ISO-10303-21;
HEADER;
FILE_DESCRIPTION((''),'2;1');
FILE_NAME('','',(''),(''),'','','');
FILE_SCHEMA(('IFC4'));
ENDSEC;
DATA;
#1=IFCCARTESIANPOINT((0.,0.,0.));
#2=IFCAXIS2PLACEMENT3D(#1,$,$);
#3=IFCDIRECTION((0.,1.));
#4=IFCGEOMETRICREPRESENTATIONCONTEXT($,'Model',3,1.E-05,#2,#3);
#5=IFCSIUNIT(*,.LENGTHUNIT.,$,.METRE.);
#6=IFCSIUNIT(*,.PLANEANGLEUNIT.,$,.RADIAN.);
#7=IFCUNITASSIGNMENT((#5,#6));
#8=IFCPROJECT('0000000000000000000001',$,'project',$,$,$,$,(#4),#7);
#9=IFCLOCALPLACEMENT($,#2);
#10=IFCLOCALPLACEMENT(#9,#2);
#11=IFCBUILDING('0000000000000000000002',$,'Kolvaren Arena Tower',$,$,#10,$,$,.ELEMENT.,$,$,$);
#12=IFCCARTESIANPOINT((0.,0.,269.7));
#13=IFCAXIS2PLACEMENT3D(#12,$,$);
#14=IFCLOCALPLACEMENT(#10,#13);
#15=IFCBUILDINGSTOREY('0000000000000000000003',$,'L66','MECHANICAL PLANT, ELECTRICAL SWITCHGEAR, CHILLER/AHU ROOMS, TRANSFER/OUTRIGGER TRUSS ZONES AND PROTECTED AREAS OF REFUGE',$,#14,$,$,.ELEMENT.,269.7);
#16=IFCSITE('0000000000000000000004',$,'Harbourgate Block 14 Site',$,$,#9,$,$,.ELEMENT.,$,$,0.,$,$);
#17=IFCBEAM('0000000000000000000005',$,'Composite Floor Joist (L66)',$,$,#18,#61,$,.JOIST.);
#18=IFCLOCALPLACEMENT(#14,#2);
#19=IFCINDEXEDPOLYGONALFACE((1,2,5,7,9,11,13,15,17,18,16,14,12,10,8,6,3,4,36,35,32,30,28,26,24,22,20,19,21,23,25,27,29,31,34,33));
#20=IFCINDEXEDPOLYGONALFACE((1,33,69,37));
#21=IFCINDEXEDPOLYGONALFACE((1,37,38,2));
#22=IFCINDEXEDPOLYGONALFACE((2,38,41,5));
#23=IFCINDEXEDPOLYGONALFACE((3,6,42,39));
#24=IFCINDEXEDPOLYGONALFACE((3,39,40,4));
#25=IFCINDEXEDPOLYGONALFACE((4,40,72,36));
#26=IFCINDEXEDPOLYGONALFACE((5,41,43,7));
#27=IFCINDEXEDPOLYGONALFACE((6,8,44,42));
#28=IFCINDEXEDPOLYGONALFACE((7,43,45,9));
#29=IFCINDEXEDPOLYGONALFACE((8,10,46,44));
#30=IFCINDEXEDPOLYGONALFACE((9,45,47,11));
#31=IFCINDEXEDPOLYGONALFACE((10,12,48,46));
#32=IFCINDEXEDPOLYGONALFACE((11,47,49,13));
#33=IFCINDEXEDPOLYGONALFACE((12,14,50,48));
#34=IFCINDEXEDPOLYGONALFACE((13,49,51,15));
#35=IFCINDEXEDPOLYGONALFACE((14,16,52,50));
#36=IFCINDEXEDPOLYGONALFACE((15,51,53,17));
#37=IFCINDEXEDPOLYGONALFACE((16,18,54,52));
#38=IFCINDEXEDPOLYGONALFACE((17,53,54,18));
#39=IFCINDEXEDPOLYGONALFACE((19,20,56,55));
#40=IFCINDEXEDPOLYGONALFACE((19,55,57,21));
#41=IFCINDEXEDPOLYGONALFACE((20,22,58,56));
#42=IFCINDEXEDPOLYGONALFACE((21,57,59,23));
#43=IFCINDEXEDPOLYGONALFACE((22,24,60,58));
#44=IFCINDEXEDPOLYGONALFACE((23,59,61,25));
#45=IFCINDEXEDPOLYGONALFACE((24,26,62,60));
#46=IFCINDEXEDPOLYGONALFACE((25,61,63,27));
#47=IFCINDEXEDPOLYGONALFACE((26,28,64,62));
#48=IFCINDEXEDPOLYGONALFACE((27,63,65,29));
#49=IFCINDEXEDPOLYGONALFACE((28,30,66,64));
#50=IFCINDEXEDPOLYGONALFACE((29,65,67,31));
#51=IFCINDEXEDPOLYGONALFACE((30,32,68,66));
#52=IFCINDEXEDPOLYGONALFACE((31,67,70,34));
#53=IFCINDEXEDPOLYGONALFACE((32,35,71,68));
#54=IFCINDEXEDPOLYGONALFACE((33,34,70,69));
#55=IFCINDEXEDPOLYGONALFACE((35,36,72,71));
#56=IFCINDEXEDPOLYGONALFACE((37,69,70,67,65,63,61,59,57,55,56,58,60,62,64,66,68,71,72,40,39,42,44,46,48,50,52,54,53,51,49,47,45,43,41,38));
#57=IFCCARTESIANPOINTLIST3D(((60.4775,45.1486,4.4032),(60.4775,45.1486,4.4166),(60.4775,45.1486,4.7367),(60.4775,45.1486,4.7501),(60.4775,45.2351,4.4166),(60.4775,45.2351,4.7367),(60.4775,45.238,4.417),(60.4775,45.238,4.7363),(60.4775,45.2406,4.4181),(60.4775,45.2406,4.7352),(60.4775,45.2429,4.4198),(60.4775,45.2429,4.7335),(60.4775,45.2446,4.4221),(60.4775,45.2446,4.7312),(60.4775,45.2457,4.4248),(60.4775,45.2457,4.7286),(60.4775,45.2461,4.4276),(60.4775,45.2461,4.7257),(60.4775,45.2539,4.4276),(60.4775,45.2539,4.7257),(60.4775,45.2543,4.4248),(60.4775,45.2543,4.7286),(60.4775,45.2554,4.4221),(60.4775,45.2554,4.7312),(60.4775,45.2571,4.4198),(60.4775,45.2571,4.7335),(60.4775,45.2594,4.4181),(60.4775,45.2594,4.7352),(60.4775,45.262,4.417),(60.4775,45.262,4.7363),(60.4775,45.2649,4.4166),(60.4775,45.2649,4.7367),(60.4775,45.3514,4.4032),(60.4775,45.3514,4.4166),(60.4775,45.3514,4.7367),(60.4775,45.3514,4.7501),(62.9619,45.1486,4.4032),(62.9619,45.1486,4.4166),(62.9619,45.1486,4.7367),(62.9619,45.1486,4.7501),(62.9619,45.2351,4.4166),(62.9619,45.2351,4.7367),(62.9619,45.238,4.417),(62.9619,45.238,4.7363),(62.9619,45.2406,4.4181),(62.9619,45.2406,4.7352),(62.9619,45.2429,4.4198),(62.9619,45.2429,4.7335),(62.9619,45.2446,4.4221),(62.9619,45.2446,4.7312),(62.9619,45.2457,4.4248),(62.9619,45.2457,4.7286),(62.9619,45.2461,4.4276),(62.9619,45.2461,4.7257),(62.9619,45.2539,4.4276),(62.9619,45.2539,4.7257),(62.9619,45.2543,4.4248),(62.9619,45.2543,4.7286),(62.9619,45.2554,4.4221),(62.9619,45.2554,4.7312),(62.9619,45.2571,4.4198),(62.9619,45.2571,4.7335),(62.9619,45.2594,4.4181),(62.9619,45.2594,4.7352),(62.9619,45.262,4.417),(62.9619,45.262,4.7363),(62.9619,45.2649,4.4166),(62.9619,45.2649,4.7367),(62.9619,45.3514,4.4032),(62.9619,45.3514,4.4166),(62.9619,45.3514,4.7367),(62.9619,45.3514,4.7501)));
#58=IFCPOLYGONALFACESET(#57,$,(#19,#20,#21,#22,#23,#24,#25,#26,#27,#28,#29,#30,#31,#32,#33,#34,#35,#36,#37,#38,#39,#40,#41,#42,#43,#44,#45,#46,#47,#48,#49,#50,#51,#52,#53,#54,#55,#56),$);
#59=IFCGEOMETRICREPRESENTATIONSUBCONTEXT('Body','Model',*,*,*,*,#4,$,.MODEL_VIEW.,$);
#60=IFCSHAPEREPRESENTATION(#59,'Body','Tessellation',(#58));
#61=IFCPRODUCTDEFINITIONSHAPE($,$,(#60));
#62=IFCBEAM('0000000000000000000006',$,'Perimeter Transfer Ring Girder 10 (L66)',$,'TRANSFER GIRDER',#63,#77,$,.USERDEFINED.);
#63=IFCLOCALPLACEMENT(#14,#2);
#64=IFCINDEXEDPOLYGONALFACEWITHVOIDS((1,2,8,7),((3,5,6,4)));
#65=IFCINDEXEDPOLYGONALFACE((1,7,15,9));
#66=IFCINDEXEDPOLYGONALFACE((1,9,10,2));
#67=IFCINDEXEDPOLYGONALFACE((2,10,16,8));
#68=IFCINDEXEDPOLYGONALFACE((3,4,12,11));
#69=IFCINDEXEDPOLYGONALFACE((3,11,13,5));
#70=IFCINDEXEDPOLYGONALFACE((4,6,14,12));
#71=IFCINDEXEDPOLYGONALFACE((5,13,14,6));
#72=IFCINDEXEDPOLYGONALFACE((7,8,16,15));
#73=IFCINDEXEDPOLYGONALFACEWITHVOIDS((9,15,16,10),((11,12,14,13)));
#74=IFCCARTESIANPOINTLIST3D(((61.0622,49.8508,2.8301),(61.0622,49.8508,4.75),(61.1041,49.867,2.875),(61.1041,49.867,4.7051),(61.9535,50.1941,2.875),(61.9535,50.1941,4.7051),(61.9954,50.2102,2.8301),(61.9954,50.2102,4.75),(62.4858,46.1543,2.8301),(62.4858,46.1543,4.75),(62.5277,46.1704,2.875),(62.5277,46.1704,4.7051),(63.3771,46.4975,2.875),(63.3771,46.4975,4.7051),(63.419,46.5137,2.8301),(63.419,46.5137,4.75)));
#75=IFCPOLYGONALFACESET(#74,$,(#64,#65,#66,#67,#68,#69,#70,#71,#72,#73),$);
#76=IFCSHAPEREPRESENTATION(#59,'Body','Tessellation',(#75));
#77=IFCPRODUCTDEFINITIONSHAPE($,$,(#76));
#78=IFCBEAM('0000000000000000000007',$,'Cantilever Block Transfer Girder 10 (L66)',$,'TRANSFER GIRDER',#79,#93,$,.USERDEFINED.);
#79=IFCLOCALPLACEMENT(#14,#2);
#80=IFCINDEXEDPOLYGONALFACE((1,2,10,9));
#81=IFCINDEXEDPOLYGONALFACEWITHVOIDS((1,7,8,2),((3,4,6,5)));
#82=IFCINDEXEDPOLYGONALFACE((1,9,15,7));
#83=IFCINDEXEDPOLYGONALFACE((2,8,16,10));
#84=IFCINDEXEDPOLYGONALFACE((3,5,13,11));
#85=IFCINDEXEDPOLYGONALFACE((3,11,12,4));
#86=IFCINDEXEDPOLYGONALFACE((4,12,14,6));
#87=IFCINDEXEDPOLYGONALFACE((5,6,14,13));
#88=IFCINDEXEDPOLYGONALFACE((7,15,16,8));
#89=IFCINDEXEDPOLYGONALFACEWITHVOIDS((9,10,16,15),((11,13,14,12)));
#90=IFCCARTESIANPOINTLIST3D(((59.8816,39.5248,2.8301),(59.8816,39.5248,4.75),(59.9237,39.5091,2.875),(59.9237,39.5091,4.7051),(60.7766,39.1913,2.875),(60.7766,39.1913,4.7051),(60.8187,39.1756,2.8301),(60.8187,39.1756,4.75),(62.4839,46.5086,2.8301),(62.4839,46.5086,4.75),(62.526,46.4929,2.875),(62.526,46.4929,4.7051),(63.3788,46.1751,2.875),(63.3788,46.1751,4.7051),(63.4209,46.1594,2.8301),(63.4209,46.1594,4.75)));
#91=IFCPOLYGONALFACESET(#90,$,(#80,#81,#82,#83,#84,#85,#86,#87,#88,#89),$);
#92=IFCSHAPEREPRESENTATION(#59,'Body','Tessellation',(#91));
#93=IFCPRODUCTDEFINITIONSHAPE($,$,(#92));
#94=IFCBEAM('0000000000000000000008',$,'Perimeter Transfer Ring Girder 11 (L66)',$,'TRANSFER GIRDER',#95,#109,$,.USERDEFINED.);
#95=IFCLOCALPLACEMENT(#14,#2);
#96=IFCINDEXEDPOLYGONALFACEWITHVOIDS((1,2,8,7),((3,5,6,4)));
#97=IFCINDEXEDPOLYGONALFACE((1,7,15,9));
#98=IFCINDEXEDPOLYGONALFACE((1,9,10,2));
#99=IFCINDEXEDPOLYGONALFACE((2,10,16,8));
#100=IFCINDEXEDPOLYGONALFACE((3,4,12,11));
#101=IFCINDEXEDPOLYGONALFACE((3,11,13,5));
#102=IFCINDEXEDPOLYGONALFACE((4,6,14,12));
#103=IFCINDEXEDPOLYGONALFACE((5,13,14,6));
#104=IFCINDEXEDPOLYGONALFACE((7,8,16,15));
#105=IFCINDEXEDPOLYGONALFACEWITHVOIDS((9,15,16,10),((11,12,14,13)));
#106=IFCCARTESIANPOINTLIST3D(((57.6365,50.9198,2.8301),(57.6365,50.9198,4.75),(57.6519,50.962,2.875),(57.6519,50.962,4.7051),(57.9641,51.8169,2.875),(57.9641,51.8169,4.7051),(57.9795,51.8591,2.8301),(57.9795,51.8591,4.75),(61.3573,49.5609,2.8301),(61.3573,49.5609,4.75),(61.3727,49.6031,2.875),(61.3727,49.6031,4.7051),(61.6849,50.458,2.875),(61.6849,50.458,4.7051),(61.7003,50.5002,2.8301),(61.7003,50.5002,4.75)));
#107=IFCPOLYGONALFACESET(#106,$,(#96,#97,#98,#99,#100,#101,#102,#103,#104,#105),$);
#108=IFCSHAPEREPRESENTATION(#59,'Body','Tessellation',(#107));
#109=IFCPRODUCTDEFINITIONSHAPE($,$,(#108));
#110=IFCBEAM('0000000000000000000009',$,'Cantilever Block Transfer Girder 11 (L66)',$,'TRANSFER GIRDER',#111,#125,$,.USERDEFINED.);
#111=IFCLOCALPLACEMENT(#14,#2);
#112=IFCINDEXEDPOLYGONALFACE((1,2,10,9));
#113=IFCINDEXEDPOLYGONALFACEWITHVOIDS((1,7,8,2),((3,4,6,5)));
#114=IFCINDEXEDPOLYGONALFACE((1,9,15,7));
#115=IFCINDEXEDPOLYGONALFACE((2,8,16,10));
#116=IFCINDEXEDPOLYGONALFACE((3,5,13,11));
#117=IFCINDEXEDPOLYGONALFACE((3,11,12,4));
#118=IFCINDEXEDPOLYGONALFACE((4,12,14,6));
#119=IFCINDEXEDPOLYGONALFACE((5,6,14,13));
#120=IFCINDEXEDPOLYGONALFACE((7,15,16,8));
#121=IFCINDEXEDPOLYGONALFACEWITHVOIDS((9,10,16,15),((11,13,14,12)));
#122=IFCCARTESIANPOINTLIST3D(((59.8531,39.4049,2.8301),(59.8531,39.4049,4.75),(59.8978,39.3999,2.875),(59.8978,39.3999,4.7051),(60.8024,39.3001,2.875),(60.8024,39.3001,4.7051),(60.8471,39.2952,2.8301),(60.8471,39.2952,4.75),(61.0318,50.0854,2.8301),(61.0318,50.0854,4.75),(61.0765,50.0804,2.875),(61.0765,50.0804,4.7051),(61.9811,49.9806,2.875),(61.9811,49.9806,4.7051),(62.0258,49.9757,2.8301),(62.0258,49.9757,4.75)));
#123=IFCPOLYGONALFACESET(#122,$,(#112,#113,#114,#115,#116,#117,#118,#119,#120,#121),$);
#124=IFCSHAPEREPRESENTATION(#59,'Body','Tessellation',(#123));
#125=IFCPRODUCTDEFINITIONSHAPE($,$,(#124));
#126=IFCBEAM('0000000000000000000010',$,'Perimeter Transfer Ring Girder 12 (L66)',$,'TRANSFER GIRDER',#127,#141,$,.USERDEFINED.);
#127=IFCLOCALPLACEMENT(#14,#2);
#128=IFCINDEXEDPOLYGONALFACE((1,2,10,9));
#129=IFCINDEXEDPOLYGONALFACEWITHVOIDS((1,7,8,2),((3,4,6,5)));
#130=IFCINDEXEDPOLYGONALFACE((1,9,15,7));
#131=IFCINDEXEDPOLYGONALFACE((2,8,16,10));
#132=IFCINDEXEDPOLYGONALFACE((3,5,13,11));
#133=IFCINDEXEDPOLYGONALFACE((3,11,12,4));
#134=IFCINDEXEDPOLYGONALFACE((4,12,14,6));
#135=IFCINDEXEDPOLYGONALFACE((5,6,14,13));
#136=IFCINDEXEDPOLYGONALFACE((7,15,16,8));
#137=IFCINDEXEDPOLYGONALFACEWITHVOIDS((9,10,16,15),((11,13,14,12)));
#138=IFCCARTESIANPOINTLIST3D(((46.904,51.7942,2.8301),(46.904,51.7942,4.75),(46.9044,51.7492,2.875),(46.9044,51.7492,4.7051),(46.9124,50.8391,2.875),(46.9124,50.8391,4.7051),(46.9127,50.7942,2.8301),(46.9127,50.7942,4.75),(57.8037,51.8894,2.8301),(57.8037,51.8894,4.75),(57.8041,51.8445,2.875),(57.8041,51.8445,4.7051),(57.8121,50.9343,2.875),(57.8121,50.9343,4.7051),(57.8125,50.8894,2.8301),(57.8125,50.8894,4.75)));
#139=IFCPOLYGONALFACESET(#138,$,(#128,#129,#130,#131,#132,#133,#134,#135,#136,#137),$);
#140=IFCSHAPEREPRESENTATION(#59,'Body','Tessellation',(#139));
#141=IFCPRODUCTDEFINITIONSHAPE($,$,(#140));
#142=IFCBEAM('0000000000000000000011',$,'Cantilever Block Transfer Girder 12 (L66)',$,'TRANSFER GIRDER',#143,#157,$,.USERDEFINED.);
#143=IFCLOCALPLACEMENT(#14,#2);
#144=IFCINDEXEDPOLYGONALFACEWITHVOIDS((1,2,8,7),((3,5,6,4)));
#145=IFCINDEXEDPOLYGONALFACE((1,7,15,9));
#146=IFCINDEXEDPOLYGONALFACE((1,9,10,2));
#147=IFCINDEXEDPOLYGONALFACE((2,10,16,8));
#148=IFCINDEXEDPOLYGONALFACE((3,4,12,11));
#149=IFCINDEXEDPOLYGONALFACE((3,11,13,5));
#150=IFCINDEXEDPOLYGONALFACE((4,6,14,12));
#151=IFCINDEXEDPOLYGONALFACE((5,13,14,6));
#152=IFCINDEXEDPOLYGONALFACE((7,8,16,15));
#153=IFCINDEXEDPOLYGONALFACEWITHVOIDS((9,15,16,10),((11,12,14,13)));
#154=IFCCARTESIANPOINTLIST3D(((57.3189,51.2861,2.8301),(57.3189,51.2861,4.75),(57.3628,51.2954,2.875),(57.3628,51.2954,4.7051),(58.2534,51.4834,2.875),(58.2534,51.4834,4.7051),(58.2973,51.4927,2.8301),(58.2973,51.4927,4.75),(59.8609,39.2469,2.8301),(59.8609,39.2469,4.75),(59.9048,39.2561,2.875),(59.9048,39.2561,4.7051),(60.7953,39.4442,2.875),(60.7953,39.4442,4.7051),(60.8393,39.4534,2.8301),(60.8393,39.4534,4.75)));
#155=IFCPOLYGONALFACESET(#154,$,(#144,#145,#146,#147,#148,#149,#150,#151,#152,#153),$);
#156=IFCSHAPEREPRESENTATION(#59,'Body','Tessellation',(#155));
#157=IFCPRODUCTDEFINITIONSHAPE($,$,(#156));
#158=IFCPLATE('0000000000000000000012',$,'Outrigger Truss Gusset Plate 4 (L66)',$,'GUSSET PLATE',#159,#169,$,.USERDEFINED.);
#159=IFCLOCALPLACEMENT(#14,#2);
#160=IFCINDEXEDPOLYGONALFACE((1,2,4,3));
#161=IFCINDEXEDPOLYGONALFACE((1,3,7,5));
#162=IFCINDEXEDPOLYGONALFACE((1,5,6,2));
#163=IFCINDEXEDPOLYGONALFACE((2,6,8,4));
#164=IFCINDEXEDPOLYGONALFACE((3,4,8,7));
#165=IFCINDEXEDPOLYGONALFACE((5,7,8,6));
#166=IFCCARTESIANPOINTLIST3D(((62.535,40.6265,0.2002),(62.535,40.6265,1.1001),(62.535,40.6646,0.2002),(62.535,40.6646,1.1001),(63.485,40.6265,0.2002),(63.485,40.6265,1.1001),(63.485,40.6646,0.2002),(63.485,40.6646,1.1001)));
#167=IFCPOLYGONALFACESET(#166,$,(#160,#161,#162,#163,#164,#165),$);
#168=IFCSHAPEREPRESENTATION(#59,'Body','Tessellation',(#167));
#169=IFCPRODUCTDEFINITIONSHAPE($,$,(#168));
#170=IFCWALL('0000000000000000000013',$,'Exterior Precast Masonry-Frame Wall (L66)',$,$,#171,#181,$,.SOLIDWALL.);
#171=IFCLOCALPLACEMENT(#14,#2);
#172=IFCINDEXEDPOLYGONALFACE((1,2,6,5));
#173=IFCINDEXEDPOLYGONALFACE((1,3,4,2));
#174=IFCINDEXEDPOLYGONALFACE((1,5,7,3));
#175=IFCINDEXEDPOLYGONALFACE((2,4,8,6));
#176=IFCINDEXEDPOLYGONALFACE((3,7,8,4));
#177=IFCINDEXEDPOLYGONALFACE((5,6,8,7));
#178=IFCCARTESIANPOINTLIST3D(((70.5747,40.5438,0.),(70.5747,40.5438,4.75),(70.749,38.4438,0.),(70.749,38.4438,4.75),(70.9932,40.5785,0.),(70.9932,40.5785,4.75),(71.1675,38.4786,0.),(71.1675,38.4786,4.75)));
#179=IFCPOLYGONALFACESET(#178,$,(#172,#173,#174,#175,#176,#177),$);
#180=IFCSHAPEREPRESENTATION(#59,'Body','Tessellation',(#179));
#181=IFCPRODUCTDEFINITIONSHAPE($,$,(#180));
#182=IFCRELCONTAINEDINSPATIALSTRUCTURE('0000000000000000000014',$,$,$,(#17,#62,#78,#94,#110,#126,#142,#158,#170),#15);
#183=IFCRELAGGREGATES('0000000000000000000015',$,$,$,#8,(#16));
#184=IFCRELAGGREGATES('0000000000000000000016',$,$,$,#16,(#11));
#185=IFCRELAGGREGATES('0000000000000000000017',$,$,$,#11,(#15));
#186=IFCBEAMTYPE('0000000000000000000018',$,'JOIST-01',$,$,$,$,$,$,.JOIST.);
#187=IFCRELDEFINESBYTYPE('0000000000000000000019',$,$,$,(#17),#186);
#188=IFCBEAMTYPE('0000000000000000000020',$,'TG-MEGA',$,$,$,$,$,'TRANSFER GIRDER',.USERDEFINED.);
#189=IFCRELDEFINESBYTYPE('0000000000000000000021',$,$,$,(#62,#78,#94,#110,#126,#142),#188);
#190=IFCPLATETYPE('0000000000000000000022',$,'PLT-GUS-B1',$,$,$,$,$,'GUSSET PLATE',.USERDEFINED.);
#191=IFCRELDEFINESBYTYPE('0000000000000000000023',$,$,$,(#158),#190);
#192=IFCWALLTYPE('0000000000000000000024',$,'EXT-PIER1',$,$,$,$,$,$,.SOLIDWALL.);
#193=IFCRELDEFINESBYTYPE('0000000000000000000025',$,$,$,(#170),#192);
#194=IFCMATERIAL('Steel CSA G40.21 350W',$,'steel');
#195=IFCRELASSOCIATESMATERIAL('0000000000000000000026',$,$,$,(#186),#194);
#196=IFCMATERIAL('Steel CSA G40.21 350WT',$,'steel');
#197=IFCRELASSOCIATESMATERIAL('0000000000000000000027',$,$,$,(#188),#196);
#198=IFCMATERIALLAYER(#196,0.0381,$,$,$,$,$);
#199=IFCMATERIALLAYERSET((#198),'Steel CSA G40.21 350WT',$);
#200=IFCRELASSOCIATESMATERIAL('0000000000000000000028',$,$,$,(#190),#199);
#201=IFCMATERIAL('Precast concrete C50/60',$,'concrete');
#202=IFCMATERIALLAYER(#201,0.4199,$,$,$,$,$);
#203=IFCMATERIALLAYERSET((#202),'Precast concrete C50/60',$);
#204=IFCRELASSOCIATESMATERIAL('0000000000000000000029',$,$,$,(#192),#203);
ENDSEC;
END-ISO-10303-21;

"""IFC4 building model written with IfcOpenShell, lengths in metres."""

from ifc_helpers import new_model, si_unit, direction, frame, frame_2d, origin, origin_2d, place, context, subcontext, project, spatial, rectangle, hollow_rectangle, i_section, extrude, material, layer, layer_set, material_profile, profile_set, type_object, element, save


model = new_model("IFC4")

# Units and contexts
model_context = context("Model", 3, precision=1e-05, world=origin(), true_north=direction((0.0, 1.0)))
body_context = subcontext(model_context, "Body", "Model", "MODEL_VIEW")
ifc_project = project(units=[si_unit("LENGTHUNIT", "METRE"), si_unit("PLANEANGLEUNIT", "RADIAN")], contexts=[model_context])

# Site, building, storey
site_placement = place(None, origin())
site = spatial("IfcSite", under=ifc_project, at=site_placement, Name="Harbourgate Block 14 Site", CompositionType="ELEMENT", RefElevation=0.0)
building_placement = place(site_placement, origin())
building = spatial("IfcBuilding", under=site, at=building_placement, Name="Kolvaren Arena Tower", CompositionType="ELEMENT")
storey_placement = place(building_placement, frame((0.0, 0.0, 269.7)))
storey = spatial("IfcBuildingStorey", under=building, at=storey_placement, Name="L66", Description="MECHANICAL PLANT, ELECTRICAL SWITCHGEAR, CHILLER/AHU ROOMS, TRANSFER/OUTRIGGER TRUSS ZONES AND PROTECTED AREAS OF REFUGE", CompositionType="ELEMENT", Elevation=269.7)

# Shared definitions
ifc_material_1 = material(Name="Steel CSA G40.21 350W", Category="steel")

# Shared definitions
ifc_material_2 = material(Name="Steel CSA G40.21 350WT", Category="steel")

# Beams
ifc_material_profile_1 = material_profile(ifc_material_1, i_section(OverallWidth=0.2029, OverallDepth=0.3469, WebThickness=0.0078, FlangeThickness=0.0134, FilletRadius=0.011, at=origin_2d()), Name="W360x64")
ifc_profile_set_1 = profile_set([ifc_material_profile_1], Name="Steel CSA G40.21 350W")
beam_type_1 = type_object("IfcBeamType", Name="JOIST-01", PredefinedType="JOIST", material=ifc_profile_set_1)
beam_1_placement = place(storey_placement, frame((60.4775, 45.25, 4.5767), z_axis=(1.0, 0.0, 0.0), x_axis=(0.0, 1.0, 0.0)))
element("IfcBeam", 1, at=beam_1_placement, inside=storey, type_object=beam_type_1, Name="Composite Floor Joist (L66)", PredefinedType="JOIST", context=body_context, shape_type="SweptSolid", body=[
    extrude(i_section(OverallWidth=0.2029, OverallDepth=0.3469, WebThickness=0.0078, FlangeThickness=0.0134, FilletRadius=0.011, at=origin_2d()), origin(), (0.0, 0.0, 1.0), 2.4844),
])
ifc_material_profile_2 = material_profile(ifc_material_2, hollow_rectangle(XDim=1.0, YDim=1.9199, WallThickness=0.0449, at=origin_2d()), Name="BOX 1000x1920x45")
ifc_profile_set_2 = profile_set([ifc_material_profile_2], Name="Steel CSA G40.21 350WT")
beam_type_2 = type_object("IfcBeamType", Name="TG-MEGA", ElementType="TRANSFER GIRDER", PredefinedType="USERDEFINED", material=ifc_profile_set_2)
beam_2_placement = place(storey_placement, frame((62.9524, 46.334, 3.79), z_axis=(-0.359384, 0.93319, 0.0), x_axis=(-0.93319, -0.359384, 0.0)))
element("IfcBeam", 2, at=beam_2_placement, inside=storey, type_object=beam_type_2, Name="Perimeter Transfer Ring Girder 10 (L66)", ObjectType="TRANSFER GIRDER", PredefinedType="USERDEFINED", context=body_context, shape_type="SweptSolid", body=[
    extrude(hollow_rectangle(XDim=1.0, YDim=1.9199, WallThickness=0.0449, at=origin_2d()), origin(), (0.0, 0.0, 1.0), 3.9612),
])
beam_3_placement = place(storey_placement, frame((62.9524, 46.334, 3.79), z_axis=(-0.349163, -0.937062, 0.0), x_axis=(0.937062, -0.349163, 0.0)))
element("IfcBeam", 3, at=beam_3_placement, inside=storey, type_object=beam_type_2, Name="Cantilever Block Transfer Girder 10 (L66)", ObjectType="TRANSFER GIRDER", PredefinedType="USERDEFINED", context=body_context, shape_type="SweptSolid", body=[
    extrude(hollow_rectangle(XDim=1.0, YDim=1.9199, WallThickness=0.0449, at=origin_2d()), origin(), (0.0, 0.0, 1.0), 7.4529),
])
beam_4_placement = place(storey_placement, frame((61.5288, 50.0305, 3.79), z_axis=(-0.939314, 0.343059, 0.0), x_axis=(-0.343059, -0.939314, 0.0)))
element("IfcBeam", 4, at=beam_4_placement, inside=storey, type_object=beam_type_2, Name="Perimeter Transfer Ring Girder 11 (L66)", ObjectType="TRANSFER GIRDER", PredefinedType="USERDEFINED", context=body_context, shape_type="SweptSolid", body=[
    extrude(hollow_rectangle(XDim=1.0, YDim=1.9199, WallThickness=0.0449, at=origin_2d()), origin(), (0.0, 0.0, 1.0), 3.9612),
])
beam_5_placement = place(storey_placement, frame((61.5288, 50.0305, 3.79), z_axis=(-0.109696, -0.993965, 0.0), x_axis=(0.993965, -0.109696, 0.0)))
element("IfcBeam", 5, at=beam_5_placement, inside=storey, type_object=beam_type_2, Name="Cantilever Block Transfer Girder 11 (L66)", ObjectType="TRANSFER GIRDER", PredefinedType="USERDEFINED", context=body_context, shape_type="SweptSolid", body=[
    extrude(hollow_rectangle(XDim=1.0, YDim=1.9199, WallThickness=0.0449, at=origin_2d()), origin(), (0.0, 0.0, 1.0), 10.7454),
])
beam_6_placement = place(storey_placement, frame((57.8081, 51.3894, 3.79), z_axis=(-0.999962, -0.008735, 0.0), x_axis=(0.008735, -0.999962, 0.0)))
element("IfcBeam", 6, at=beam_6_placement, inside=storey, type_object=beam_type_2, Name="Perimeter Transfer Ring Girder 12 (L66)", ObjectType="TRANSFER GIRDER", PredefinedType="USERDEFINED", context=body_context, shape_type="SweptSolid", body=[
    extrude(hollow_rectangle(XDim=1.0, YDim=1.9199, WallThickness=0.0449, at=origin_2d()), origin(), (0.0, 0.0, 1.0), 10.9001),
])
beam_7_placement = place(storey_placement, frame((57.8081, 51.3894, 3.79), z_axis=(0.206586, -0.978428, 0.0), x_axis=(0.978428, 0.206586, 0.0)))
element("IfcBeam", 7, at=beam_7_placement, inside=storey, type_object=beam_type_2, Name="Cantilever Block Transfer Girder 12 (L66)", ObjectType="TRANSFER GIRDER", PredefinedType="USERDEFINED", context=body_context, shape_type="SweptSolid", body=[
    extrude(hollow_rectangle(XDim=1.0, YDim=1.9199, WallThickness=0.0449, at=origin_2d()), origin(), (0.0, 0.0, 1.0), 12.3047),
])

# Plate
ifc_layer_1 = layer(ifc_material_2, 0.0381)
ifc_layer_set_1 = layer_set([ifc_layer_1], Name="Steel CSA G40.21 350WT")
plate_type = type_object("IfcPlateType", Name="PLT-GUS-B1", ElementType="GUSSET PLATE", PredefinedType="USERDEFINED", material=ifc_layer_set_1)
plate_placement = place(storey_placement, frame((63.01, 40.6455, 0.2002), z_axis=(0.0, 0.0, 1.0), x_axis=(1.0, 0.0, 0.0)))
element("IfcPlate", 8, at=plate_placement, inside=storey, type_object=plate_type, Name="Outrigger Truss Gusset Plate 4 (L66)", ObjectType="GUSSET PLATE", PredefinedType="USERDEFINED", context=body_context, shape_type="SweptSolid", body=[
    extrude(rectangle(XDim=0.95, YDim=0.0381, at=origin_2d()), origin(), (0.0, 0.0, 1.0), 0.8999),
])

# Wall
ifc_material_3 = material(Name="Precast concrete C50/60", Category="concrete")
ifc_layer_2 = layer(ifc_material_3, 0.4199)
ifc_layer_set_2 = layer_set([ifc_layer_2], Name="Precast concrete C50/60")
wall_type = type_object("IfcWallType", Name="EXT-PIER1", PredefinedType="SOLIDWALL", material=ifc_layer_set_2)
wall_1_placement = place(storey_placement, frame((70.7839, 40.5613, 0.0), z_axis=(0.0, 0.0, 1.0), x_axis=(0.082729, -0.996572, 0.0)))
element("IfcWall", 9, at=wall_1_placement, inside=storey, type_object=wall_type, Name="Exterior Precast Masonry-Frame Wall (L66)", PredefinedType="SOLIDWALL", context=body_context, shape_type="SweptSolid", body=[
    extrude(rectangle(XDim=2.1072, YDim=0.4199, at=frame_2d((1.0537, 0.0))), origin(), (0.0, 0.0, 1.0), 4.75),
])

save(model, "model.ifc")
